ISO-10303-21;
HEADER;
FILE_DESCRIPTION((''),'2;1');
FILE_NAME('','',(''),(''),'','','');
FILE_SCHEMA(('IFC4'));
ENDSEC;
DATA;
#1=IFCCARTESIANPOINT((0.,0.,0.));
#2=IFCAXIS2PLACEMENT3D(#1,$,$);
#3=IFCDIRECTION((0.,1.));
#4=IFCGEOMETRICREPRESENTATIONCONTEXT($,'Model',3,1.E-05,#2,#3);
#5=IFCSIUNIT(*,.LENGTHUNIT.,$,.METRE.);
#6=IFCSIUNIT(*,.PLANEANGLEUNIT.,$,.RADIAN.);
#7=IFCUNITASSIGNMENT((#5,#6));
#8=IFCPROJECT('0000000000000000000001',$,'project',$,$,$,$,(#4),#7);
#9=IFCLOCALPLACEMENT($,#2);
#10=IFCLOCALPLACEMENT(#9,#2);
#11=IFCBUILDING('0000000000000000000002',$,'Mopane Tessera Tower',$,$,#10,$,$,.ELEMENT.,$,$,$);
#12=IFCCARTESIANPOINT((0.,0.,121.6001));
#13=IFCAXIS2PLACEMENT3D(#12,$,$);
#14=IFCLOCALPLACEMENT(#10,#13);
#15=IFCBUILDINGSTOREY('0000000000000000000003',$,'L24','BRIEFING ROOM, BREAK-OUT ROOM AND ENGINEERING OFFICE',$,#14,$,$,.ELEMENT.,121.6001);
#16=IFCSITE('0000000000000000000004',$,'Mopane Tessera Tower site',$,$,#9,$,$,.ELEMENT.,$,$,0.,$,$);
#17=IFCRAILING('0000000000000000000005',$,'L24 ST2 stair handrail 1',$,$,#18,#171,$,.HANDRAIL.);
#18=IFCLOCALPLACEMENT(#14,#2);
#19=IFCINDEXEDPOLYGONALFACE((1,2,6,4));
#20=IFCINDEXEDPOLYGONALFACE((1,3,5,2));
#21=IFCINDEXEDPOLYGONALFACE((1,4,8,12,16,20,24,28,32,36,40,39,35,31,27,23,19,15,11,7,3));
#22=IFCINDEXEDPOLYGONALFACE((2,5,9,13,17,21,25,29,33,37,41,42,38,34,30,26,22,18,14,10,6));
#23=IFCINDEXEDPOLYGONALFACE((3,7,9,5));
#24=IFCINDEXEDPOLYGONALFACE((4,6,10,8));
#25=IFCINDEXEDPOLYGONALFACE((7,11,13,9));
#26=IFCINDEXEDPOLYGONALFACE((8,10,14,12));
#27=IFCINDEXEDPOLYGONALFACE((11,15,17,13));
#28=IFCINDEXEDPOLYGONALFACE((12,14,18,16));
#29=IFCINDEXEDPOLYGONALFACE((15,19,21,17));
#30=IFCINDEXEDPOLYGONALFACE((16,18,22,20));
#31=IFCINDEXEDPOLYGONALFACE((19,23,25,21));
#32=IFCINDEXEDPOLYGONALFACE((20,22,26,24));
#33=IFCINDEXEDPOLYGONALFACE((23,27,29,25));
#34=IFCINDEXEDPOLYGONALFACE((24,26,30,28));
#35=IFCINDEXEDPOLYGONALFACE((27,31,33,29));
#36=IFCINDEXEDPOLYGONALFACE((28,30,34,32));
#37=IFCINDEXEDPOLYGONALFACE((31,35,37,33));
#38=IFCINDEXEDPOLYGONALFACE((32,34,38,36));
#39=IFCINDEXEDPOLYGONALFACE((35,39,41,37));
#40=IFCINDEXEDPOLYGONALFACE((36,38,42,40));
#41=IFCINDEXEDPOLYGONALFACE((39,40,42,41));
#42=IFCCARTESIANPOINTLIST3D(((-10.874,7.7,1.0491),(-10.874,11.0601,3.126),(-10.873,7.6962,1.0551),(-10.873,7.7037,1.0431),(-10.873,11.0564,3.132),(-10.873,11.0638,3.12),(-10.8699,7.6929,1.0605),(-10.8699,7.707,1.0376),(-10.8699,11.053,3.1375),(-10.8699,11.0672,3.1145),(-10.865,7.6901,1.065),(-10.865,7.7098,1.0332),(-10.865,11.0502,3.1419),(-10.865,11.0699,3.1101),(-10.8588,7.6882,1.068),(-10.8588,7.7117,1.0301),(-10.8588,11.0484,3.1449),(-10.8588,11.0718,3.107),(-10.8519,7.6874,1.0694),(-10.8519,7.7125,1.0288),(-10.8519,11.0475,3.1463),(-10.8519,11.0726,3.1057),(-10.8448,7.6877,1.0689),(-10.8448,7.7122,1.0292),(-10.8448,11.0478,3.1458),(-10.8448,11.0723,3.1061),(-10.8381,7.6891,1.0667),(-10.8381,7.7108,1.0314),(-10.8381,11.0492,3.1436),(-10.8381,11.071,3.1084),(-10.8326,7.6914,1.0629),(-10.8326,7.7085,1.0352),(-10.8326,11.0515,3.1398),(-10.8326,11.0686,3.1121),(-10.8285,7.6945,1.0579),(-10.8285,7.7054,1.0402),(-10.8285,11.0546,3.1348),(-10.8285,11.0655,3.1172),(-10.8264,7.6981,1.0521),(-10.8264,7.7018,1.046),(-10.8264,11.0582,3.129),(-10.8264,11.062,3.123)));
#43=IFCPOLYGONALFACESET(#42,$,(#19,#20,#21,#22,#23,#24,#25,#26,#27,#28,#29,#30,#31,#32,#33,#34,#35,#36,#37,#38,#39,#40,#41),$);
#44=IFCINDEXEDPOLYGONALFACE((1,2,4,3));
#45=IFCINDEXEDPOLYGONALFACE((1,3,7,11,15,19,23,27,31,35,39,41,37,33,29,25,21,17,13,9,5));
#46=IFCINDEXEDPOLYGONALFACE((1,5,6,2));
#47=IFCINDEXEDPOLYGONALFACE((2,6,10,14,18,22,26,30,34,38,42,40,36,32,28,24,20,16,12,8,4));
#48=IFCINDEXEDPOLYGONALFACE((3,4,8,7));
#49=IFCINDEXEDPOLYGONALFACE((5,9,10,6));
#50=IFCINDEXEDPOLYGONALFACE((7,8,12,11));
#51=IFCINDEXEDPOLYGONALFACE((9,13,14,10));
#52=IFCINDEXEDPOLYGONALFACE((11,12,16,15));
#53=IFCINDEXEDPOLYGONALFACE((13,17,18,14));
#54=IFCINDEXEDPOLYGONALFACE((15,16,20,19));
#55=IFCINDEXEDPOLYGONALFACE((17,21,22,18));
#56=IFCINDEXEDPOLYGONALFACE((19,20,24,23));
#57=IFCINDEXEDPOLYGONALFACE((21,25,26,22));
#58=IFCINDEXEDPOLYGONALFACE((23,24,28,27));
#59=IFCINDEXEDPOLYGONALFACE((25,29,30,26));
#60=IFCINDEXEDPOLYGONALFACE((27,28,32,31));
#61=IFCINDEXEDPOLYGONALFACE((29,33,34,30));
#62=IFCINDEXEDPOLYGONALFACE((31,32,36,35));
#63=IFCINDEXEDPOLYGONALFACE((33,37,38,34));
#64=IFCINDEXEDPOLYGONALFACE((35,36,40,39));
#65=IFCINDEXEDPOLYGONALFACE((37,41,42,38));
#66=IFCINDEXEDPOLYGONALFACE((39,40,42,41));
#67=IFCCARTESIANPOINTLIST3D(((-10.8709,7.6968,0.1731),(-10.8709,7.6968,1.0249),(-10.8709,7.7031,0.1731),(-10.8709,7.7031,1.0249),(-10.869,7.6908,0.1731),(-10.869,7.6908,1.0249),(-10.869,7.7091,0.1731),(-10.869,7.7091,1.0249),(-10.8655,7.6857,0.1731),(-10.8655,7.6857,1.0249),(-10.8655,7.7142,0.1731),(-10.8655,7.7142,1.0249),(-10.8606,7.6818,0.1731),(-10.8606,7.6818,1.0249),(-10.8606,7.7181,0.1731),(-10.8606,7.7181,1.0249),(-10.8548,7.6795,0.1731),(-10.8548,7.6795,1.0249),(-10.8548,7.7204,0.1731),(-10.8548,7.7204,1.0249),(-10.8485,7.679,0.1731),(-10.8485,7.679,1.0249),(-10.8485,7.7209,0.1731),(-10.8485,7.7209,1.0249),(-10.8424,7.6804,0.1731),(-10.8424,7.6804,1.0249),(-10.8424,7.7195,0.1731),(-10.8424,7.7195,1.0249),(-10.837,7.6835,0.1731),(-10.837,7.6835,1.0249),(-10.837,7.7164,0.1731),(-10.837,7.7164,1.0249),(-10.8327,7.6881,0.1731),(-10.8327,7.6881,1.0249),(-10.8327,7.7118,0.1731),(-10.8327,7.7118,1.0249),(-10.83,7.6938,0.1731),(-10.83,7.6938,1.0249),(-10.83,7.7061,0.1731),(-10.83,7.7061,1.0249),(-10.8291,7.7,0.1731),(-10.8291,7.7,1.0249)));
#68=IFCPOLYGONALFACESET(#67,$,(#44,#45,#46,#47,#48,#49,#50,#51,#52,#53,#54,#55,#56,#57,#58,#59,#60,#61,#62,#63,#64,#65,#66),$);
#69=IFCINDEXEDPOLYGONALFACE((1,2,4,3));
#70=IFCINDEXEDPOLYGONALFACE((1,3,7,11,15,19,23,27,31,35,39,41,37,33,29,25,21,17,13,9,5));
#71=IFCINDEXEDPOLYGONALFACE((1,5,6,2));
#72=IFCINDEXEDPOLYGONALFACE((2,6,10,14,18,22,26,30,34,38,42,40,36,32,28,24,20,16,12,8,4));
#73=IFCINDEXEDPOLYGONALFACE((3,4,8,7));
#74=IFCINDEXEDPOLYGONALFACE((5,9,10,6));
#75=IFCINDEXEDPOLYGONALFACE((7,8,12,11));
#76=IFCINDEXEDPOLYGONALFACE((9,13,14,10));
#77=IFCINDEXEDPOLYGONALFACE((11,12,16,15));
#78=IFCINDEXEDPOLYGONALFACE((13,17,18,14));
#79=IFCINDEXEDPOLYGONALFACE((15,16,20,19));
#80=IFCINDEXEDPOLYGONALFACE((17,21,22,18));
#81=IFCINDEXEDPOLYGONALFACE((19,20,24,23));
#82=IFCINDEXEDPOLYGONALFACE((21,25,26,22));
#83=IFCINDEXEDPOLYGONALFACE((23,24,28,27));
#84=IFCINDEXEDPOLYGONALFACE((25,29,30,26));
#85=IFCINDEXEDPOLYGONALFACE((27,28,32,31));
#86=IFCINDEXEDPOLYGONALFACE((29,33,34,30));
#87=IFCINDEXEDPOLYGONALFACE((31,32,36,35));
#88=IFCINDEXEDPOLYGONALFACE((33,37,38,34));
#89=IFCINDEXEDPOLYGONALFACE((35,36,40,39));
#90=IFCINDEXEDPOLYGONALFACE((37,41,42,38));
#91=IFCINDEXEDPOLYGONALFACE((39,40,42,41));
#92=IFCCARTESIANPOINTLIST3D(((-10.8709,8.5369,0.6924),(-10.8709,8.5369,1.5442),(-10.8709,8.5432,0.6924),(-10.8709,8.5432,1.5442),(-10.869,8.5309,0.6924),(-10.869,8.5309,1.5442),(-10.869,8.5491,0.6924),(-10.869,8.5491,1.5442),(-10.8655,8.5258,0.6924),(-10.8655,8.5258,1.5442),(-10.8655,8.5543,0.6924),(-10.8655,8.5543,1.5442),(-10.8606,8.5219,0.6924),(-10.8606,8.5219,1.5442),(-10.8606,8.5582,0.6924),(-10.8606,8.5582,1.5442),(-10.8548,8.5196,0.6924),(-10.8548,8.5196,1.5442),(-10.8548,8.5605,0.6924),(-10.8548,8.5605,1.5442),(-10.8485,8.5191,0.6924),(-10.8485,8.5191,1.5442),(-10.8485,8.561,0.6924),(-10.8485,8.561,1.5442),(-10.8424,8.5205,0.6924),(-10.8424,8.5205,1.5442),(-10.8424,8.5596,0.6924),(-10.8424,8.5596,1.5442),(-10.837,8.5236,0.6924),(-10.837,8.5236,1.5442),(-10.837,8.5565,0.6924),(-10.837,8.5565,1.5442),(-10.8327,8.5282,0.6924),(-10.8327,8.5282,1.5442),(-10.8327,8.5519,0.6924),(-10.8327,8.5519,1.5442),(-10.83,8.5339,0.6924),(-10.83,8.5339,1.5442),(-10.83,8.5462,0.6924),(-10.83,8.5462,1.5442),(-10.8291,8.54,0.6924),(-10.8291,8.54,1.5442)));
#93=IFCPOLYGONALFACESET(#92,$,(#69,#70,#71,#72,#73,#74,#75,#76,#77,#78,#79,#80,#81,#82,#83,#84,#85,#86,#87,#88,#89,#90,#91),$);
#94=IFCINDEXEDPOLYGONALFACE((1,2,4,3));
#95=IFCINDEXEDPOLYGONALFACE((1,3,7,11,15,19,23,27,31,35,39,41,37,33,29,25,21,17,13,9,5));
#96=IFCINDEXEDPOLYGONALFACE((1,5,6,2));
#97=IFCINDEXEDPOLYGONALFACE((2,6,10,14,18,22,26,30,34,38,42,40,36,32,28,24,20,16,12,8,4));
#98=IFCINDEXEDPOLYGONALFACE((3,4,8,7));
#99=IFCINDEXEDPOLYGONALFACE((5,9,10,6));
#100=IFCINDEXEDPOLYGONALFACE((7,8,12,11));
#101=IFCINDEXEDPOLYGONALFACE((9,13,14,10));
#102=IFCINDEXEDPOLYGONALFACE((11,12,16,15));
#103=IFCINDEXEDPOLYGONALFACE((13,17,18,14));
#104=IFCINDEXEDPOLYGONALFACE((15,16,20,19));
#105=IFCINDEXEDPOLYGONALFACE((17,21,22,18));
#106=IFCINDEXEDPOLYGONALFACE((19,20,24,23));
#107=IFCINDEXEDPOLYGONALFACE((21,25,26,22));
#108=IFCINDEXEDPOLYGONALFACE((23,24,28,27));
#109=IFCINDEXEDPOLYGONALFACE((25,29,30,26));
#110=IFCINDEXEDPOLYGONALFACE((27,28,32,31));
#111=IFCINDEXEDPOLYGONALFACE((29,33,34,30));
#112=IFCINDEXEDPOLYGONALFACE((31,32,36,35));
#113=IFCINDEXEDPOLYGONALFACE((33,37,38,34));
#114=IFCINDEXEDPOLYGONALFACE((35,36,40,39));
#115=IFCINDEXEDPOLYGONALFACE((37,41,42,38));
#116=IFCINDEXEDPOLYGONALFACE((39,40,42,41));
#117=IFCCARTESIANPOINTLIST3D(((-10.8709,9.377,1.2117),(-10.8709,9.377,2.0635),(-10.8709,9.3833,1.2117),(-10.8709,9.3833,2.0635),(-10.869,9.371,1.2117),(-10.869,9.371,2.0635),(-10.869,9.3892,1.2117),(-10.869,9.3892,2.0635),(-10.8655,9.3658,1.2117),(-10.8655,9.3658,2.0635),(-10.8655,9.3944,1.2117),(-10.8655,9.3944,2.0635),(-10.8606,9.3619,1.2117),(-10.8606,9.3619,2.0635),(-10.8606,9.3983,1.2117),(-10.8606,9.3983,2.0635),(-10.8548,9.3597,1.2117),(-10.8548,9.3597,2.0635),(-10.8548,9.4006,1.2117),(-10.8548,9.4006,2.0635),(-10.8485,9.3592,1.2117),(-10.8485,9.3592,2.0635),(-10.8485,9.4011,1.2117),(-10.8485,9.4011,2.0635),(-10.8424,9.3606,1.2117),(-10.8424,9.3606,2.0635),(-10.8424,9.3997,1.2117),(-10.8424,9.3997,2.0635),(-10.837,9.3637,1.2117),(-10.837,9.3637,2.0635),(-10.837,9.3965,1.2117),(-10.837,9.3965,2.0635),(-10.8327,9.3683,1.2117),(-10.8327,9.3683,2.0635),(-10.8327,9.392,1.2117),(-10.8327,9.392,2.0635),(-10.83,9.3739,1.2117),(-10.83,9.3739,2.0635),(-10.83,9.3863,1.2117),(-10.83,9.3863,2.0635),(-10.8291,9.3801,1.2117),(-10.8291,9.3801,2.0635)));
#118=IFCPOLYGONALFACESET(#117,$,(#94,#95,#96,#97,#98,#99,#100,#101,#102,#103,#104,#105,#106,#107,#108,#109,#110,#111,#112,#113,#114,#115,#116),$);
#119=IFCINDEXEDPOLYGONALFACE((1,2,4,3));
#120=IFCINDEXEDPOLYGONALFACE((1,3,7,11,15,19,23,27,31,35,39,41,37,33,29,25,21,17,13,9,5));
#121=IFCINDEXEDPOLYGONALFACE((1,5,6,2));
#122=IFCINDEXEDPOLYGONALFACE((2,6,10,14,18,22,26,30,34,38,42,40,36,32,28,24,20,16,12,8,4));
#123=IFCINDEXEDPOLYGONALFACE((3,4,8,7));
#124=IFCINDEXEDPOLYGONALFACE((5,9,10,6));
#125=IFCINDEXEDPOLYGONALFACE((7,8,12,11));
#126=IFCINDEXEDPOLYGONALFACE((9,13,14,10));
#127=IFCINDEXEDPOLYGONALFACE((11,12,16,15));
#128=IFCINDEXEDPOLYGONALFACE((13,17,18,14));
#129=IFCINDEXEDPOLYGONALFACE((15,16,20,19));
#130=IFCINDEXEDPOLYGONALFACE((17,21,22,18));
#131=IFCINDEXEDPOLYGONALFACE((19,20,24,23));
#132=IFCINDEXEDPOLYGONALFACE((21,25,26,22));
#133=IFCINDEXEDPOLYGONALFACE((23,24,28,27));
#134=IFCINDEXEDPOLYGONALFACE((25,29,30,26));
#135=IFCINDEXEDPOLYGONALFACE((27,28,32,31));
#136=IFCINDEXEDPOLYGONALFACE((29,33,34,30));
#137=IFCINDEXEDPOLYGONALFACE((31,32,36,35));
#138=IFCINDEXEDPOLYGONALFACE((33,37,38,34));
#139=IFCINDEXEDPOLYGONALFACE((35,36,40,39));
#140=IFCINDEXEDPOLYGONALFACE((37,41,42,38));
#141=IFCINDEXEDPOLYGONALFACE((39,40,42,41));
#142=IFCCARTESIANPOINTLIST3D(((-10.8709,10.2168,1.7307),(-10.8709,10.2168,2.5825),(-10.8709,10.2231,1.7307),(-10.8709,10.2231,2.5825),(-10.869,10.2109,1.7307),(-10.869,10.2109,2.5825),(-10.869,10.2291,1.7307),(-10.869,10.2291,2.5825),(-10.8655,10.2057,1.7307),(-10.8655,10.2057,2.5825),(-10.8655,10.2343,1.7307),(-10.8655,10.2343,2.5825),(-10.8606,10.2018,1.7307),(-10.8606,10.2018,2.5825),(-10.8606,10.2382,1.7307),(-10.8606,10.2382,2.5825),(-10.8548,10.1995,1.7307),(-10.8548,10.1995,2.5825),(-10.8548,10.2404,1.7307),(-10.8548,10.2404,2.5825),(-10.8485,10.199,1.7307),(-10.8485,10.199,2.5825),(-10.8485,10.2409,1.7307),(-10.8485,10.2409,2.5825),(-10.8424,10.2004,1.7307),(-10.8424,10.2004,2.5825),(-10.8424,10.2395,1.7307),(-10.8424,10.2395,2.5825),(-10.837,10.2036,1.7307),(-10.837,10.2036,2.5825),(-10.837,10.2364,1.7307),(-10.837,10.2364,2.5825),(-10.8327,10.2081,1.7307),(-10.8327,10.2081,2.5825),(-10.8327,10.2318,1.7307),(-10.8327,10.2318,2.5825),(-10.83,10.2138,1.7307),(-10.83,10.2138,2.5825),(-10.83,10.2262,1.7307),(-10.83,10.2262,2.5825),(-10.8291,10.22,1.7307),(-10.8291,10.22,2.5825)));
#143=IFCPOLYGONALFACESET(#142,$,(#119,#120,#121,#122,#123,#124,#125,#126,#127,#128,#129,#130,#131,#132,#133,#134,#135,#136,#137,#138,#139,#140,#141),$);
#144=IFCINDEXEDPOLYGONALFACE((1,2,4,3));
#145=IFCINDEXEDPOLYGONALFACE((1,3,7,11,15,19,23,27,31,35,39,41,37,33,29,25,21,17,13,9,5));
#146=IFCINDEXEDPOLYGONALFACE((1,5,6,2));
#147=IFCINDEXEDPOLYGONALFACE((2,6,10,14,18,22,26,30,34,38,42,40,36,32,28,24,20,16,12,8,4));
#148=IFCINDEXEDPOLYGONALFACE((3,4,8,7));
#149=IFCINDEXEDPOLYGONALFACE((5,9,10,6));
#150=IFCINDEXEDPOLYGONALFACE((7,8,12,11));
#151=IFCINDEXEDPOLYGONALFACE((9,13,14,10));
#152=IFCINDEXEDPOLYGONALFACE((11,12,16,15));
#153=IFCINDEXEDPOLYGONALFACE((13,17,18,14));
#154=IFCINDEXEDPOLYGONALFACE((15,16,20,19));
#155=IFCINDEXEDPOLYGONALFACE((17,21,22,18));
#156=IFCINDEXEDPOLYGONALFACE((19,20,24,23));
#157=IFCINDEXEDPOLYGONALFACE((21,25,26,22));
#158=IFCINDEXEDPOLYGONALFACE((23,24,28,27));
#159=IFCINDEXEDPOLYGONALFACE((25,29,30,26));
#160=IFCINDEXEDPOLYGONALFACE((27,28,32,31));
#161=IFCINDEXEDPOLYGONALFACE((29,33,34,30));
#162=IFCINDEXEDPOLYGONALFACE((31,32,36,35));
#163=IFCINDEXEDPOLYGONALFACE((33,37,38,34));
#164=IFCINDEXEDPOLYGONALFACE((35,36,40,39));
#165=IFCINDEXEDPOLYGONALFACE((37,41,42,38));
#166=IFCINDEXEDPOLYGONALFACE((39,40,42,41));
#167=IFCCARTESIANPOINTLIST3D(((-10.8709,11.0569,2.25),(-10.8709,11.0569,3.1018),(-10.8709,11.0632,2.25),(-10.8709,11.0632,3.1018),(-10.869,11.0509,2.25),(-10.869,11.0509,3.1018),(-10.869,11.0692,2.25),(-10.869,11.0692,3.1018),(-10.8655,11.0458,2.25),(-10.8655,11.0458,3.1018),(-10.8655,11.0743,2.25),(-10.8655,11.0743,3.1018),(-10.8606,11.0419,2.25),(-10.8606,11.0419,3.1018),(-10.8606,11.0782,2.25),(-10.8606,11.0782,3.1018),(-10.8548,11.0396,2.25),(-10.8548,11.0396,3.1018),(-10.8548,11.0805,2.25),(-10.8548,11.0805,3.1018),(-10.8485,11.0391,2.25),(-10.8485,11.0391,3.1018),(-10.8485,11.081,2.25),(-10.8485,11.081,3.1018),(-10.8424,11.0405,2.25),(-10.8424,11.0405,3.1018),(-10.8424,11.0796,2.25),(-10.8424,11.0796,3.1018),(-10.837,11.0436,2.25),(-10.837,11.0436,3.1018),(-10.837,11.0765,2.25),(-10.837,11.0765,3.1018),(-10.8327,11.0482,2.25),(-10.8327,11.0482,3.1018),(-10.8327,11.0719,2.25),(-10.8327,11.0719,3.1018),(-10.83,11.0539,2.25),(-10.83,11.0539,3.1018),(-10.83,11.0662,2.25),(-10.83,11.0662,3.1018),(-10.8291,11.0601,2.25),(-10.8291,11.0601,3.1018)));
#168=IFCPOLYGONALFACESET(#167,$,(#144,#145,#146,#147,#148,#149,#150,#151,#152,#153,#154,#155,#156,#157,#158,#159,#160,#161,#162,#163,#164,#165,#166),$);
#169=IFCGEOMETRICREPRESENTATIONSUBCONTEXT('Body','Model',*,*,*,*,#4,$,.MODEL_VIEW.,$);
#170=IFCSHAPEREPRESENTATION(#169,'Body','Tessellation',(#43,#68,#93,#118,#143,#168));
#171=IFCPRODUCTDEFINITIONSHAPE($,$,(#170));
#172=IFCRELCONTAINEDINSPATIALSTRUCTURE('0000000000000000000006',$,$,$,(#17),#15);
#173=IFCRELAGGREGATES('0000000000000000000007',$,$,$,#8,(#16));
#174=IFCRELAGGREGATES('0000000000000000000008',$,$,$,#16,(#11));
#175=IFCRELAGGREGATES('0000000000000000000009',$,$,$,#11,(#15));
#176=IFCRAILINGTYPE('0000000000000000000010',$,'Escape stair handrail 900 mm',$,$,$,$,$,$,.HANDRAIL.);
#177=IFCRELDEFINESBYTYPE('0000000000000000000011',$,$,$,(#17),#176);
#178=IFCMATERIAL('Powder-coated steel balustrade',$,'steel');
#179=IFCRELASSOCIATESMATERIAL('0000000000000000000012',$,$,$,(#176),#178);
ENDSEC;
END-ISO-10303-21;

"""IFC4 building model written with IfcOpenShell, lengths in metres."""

from ifc_helpers import new_model, si_unit, direction, frame, origin, origin_2d, place, context, subcontext, project, spatial, circle, extrude, material, type_object, element, save


model = new_model("IFC4")

# Units and contexts
model_context = context("Model", 3, precision=1e-05, world=origin(), true_north=direction((0.0, 1.0)))
body_context = subcontext(model_context, "Body", "Model", "MODEL_VIEW")
ifc_project = project(units=[si_unit("LENGTHUNIT", "METRE"), si_unit("PLANEANGLEUNIT", "RADIAN")], contexts=[model_context])

# Site, building, storey
site_placement = place(None, origin())
site = spatial("IfcSite", under=ifc_project, at=site_placement, Name="Mopane Tessera Tower site", CompositionType="ELEMENT", RefElevation=0.0)
building_placement = place(site_placement, origin())
building = spatial("IfcBuilding", under=site, at=building_placement, Name="Mopane Tessera Tower", CompositionType="ELEMENT")
storey_placement = place(building_placement, frame((0.0, 0.0, 121.6001)))
storey = spatial("IfcBuildingStorey", under=building, at=storey_placement, Name="L24", Description="BRIEFING ROOM, BREAK-OUT ROOM AND ENGINEERING OFFICE", CompositionType="ELEMENT", Elevation=121.6001)

# Railing
ifc_material_1 = material(Name="Powder-coated steel balustrade", Category="steel")
railing_type_1 = type_object("IfcRailingType", Name="Escape stair handrail 900 mm", PredefinedType="HANDRAIL", material=ifc_material_1)
railing_1_placement = place(storey_placement, frame((-10.8501, 7.7, 0.1731)))
element("IfcRailing", 1, at=railing_1_placement, inside=storey, type_object=railing_type_1, Name="L24 ST2 stair handrail 1", PredefinedType="HANDRAIL", context=body_context, shape_type="SweptSolid", body=[
    extrude(circle(Radius=0.0239, at=origin_2d()), frame((0.0, 0.0, 0.876), z_axis=(0.0, 0.850623, 0.525776), x_axis=(-1.0, 0.0, 0.0)), (0.0, 0.0, 1.0), 3.9502),
    extrude(circle(Radius=0.021, at=origin_2d()), origin(), (0.0, 0.0, 1.0), 0.8518),
    extrude(circle(Radius=0.021, at=origin_2d()), frame((0.0, 0.8401, 0.5193)), (0.0, 0.0, 1.0), 0.8518),
    extrude(circle(Radius=0.021, at=origin_2d()), frame((0.0, 1.6802, 1.0386)), (0.0, 0.0, 1.0), 0.8518),
    extrude(circle(Radius=0.021, at=origin_2d()), frame((0.0, 2.52, 1.5576)), (0.0, 0.0, 1.0), 0.8518),
    extrude(circle(Radius=0.021, at=origin_2d()), frame((0.0, 3.3601, 2.0769)), (0.0, 0.0, 1.0), 0.8518),
])

save(model, "model.ifc")
